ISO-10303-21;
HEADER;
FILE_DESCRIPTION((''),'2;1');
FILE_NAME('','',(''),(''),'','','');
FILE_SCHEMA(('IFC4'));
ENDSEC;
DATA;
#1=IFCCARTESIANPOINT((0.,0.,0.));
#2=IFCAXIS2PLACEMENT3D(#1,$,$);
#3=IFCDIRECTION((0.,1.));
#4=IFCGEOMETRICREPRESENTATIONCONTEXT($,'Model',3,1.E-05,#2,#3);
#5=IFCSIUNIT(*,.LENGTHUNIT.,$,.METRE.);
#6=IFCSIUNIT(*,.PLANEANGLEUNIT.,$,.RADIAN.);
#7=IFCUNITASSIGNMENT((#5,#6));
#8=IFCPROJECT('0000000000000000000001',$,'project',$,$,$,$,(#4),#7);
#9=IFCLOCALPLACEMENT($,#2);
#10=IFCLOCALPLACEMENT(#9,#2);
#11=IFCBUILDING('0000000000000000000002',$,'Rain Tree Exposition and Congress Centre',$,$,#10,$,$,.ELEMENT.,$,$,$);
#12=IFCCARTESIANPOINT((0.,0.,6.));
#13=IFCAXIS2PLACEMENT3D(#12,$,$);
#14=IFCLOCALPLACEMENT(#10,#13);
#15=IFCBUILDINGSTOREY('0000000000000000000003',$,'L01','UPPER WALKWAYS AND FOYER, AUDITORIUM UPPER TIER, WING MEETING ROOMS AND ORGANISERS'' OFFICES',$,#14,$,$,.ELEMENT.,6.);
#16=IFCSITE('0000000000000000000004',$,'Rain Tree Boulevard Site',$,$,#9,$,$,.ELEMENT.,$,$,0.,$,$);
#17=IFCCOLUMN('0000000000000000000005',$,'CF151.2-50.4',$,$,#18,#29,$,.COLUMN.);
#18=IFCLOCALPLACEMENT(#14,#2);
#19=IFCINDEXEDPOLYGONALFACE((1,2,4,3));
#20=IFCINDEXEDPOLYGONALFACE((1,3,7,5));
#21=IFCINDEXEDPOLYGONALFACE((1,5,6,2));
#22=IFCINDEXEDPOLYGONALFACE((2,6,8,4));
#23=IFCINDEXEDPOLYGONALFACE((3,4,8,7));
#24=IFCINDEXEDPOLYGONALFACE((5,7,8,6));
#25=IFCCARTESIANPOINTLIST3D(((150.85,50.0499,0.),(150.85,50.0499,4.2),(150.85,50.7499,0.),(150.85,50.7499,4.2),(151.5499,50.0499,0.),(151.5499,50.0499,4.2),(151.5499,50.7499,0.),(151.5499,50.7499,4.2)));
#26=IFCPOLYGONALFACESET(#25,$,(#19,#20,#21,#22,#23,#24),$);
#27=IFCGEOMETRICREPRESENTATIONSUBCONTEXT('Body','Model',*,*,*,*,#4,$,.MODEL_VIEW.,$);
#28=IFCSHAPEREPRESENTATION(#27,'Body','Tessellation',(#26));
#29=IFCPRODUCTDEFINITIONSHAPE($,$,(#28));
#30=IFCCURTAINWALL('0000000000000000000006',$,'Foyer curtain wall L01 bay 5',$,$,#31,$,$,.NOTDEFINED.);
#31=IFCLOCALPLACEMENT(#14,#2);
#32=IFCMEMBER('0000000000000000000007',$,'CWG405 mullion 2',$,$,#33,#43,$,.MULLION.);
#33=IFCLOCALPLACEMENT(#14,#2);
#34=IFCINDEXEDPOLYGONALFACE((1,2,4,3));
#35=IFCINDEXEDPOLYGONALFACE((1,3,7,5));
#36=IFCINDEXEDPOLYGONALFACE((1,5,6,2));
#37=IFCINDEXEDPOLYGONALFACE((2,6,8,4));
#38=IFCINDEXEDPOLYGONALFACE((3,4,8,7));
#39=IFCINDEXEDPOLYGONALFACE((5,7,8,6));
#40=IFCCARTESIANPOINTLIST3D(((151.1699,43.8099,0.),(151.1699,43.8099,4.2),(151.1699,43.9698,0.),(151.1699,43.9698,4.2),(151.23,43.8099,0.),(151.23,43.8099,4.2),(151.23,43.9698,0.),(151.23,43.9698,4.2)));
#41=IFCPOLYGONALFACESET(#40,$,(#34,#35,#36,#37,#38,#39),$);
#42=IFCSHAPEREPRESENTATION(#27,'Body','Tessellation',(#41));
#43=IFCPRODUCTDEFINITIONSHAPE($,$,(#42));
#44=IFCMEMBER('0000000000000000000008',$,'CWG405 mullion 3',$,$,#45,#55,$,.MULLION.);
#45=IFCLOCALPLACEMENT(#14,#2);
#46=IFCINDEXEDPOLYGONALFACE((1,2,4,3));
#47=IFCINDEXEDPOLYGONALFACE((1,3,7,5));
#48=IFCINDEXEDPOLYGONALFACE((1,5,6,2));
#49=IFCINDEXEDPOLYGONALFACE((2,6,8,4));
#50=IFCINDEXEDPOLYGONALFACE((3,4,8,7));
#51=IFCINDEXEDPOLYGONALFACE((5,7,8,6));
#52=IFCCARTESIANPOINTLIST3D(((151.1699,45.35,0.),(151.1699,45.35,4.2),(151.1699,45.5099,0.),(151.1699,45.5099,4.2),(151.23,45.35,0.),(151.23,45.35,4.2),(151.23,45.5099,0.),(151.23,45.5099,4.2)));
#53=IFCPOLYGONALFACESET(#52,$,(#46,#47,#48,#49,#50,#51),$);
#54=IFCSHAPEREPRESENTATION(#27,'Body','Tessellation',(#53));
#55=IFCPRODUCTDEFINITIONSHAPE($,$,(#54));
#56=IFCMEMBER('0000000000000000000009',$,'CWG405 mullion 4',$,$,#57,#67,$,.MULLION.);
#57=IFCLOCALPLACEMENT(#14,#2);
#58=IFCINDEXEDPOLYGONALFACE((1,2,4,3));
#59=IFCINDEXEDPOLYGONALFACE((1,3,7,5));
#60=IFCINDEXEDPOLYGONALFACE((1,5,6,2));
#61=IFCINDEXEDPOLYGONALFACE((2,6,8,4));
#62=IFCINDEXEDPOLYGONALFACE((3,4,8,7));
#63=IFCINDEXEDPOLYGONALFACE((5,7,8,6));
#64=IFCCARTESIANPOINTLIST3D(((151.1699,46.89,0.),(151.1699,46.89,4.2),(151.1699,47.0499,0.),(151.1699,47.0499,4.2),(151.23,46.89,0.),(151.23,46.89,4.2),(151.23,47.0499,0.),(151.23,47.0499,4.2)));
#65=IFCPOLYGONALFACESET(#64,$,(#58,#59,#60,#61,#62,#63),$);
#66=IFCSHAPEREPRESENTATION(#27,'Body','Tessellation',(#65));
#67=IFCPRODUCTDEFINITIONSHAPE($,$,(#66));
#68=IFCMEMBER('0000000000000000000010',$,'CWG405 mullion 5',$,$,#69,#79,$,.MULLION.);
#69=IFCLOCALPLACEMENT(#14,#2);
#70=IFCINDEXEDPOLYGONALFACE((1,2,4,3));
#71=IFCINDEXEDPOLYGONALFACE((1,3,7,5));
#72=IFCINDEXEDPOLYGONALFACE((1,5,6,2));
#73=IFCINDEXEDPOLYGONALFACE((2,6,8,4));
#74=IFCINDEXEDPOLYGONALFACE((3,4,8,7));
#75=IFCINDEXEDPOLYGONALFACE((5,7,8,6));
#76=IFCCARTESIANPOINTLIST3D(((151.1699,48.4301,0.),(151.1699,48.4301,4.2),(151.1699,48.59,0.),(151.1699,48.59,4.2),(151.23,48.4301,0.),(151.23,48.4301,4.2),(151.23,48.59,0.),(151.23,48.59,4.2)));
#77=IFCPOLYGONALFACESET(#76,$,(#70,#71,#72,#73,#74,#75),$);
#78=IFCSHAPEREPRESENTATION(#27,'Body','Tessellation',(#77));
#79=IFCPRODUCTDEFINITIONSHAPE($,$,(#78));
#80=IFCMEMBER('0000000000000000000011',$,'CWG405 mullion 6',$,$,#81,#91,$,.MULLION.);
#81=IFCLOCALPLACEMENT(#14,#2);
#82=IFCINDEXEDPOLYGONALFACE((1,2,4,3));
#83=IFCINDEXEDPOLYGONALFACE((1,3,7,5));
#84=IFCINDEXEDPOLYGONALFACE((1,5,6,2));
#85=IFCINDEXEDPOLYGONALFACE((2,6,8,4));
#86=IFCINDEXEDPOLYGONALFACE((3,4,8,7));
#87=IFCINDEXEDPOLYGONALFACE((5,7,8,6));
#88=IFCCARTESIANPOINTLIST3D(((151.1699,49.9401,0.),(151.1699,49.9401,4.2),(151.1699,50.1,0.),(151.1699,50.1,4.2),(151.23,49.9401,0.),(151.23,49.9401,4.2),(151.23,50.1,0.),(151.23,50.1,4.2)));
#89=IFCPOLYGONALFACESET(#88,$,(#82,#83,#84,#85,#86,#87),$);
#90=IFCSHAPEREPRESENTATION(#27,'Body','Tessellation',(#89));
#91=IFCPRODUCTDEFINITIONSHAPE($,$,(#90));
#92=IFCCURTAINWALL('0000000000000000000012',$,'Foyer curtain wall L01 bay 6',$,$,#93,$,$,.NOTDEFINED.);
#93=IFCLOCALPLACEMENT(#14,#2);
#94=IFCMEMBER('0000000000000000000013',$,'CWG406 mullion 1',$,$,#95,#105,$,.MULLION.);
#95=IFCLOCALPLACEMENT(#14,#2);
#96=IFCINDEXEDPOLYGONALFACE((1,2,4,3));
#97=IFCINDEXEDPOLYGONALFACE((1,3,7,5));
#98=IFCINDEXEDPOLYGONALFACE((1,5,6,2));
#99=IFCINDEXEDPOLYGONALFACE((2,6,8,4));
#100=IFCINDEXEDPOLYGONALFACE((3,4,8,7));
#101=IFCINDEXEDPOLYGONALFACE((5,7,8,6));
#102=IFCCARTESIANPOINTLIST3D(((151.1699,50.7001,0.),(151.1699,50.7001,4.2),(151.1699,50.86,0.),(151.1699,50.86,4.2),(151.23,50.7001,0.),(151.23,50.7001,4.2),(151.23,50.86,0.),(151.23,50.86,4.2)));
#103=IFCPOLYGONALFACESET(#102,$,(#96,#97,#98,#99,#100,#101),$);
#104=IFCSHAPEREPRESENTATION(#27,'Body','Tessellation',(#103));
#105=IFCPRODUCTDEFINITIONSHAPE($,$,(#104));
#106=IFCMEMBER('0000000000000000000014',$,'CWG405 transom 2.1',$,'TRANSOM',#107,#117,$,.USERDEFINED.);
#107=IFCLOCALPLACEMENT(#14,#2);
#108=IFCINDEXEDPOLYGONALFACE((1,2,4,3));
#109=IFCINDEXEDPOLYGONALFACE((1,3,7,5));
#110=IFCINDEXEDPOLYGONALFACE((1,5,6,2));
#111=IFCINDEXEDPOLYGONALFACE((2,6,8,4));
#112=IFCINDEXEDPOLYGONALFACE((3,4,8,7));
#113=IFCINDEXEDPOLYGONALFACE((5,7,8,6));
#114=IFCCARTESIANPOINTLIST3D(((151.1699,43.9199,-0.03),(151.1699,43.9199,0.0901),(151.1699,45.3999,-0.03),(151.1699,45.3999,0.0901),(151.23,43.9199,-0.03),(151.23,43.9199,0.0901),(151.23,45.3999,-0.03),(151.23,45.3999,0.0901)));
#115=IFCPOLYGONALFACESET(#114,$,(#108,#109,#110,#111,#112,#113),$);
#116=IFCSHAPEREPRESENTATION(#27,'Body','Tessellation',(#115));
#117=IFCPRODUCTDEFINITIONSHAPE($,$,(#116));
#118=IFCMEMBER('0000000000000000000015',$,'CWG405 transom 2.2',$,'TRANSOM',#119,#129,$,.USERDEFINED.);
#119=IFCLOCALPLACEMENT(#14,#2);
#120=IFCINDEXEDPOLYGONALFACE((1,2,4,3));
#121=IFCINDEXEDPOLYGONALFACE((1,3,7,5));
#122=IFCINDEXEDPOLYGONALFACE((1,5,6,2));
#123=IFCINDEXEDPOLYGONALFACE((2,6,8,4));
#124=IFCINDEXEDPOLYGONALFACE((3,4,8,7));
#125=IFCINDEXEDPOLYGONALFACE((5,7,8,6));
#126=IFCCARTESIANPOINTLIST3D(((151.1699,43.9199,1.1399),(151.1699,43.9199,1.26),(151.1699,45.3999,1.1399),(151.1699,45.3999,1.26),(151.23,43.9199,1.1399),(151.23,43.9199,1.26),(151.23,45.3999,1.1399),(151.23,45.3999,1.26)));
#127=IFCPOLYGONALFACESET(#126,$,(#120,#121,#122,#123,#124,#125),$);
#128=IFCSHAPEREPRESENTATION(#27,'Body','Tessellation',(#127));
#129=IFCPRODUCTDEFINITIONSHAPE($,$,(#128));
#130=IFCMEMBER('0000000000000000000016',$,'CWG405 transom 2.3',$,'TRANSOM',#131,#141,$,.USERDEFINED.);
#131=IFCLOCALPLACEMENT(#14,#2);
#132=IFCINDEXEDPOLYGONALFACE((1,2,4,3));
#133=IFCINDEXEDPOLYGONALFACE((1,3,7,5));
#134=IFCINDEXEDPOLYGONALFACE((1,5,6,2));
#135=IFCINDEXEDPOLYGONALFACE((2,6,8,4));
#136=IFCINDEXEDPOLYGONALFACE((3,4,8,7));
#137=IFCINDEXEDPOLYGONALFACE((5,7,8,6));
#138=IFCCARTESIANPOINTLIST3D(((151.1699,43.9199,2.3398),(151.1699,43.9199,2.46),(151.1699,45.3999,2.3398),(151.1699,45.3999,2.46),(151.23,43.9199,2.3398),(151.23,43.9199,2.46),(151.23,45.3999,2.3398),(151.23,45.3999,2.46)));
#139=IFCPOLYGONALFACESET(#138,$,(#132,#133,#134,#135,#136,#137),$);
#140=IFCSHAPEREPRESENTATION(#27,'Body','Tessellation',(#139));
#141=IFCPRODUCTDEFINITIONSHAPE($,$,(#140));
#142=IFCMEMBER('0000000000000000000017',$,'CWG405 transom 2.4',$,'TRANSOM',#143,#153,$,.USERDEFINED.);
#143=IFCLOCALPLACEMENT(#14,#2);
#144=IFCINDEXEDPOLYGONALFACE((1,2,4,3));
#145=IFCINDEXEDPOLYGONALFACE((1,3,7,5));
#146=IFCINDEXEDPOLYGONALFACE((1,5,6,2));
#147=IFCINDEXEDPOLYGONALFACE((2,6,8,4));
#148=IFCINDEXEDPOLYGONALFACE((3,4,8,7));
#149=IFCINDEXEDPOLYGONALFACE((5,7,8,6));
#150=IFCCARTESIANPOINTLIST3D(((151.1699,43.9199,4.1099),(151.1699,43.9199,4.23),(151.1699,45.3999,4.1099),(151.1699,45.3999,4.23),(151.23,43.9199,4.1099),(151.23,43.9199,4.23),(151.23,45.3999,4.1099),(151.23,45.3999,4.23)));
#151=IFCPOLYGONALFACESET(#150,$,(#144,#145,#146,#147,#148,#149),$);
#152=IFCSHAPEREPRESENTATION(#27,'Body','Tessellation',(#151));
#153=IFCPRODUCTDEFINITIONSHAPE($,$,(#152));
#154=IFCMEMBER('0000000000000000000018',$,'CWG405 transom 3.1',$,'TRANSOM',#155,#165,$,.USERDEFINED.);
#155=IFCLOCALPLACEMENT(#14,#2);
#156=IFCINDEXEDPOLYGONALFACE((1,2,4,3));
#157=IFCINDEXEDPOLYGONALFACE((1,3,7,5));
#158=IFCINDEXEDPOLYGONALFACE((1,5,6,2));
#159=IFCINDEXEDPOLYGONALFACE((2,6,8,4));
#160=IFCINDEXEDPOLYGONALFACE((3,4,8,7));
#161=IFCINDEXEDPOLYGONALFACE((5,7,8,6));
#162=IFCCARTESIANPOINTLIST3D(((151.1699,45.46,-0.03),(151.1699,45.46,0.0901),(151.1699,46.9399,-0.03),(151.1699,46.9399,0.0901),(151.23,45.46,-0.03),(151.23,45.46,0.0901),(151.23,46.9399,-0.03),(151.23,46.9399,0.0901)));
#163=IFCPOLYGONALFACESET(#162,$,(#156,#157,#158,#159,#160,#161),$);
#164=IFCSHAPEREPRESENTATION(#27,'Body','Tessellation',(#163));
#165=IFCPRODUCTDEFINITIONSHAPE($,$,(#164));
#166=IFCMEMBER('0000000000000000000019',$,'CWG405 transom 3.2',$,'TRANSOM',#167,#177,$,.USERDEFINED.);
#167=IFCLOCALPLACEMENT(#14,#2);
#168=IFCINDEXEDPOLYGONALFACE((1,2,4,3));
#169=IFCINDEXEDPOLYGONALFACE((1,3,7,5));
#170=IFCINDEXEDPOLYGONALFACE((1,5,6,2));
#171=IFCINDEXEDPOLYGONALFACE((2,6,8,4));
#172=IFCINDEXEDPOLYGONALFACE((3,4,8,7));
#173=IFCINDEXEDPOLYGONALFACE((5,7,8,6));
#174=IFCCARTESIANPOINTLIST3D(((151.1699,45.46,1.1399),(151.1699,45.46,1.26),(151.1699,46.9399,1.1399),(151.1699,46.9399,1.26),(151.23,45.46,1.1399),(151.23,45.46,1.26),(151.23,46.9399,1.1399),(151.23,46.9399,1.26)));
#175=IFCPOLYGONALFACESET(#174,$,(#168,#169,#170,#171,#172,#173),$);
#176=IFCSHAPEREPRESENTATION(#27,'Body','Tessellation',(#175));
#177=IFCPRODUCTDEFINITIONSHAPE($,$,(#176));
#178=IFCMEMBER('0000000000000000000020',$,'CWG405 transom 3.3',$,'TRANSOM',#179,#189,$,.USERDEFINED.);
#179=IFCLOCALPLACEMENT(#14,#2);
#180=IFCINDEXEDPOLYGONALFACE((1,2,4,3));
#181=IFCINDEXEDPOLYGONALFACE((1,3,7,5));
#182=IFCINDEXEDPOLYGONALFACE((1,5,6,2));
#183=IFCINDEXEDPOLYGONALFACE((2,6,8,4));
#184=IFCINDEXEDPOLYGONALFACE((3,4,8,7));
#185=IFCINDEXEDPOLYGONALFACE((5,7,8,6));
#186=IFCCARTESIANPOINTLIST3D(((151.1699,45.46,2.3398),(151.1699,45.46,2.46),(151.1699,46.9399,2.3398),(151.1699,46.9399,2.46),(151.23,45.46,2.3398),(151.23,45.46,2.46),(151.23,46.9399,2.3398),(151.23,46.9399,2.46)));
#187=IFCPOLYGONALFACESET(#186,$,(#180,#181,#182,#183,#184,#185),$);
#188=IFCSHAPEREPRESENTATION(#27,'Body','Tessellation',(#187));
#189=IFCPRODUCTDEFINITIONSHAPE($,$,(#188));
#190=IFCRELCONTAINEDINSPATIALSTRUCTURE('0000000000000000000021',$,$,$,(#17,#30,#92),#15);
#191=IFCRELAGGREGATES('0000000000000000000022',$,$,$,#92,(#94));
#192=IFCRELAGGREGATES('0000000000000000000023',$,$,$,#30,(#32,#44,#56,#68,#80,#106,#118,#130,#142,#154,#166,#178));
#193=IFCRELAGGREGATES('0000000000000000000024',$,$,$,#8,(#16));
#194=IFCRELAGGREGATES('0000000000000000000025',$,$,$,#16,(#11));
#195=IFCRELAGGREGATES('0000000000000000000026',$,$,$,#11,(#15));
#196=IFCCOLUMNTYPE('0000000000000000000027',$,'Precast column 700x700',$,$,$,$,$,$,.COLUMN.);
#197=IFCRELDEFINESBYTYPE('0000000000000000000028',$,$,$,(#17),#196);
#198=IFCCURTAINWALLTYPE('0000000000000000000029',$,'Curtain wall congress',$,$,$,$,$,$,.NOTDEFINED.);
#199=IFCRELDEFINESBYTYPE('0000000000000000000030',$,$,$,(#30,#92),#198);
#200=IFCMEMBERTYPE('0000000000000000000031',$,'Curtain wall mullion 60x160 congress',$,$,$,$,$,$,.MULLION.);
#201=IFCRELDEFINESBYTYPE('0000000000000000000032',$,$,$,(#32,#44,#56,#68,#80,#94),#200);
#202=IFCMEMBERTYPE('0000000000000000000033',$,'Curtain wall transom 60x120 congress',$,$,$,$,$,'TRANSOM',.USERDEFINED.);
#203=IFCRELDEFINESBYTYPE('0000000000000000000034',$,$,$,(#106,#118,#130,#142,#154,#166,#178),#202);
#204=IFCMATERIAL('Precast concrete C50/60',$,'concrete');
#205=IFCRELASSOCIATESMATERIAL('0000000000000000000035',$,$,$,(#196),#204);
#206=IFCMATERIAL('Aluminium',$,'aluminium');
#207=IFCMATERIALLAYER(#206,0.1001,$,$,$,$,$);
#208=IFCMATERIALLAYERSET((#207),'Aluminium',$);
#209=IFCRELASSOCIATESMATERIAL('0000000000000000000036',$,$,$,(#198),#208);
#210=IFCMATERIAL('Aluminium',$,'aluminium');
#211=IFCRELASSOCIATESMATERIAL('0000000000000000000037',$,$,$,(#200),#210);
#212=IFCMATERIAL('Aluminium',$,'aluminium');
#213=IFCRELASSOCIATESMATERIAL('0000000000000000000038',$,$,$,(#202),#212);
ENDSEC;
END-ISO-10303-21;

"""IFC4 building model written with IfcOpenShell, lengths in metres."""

from ifc_helpers import new_model, si_unit, direction, frame, origin, origin_2d, place, context, subcontext, project, spatial, rectangle, extrude, material, layer, layer_set, material_profile, profile_set, type_object, element, aggregate, save


model = new_model("IFC4")

# Units and contexts
model_context = context("Model", 3, precision=1e-05, world=origin(), true_north=direction((0.0, 1.0)))
body_context = subcontext(model_context, "Body", "Model", "MODEL_VIEW")
ifc_project = project(units=[si_unit("LENGTHUNIT", "METRE"), si_unit("PLANEANGLEUNIT", "RADIAN")], contexts=[model_context])

# Site, building, storey
site_placement = place(None, origin())
site = spatial("IfcSite", under=ifc_project, at=site_placement, Name="Rain Tree Boulevard Site", CompositionType="ELEMENT", RefElevation=0.0)
building_placement = place(site_placement, origin())
building = spatial("IfcBuilding", under=site, at=building_placement, Name="Rain Tree Exposition and Congress Centre", CompositionType="ELEMENT")
storey_placement = place(building_placement, frame((0.0, 0.0, 6.0)))
storey = spatial("IfcBuildingStorey", under=building, at=storey_placement, Name="L01", Description="UPPER WALKWAYS AND FOYER, AUDITORIUM UPPER TIER, WING MEETING ROOMS AND ORGANISERS' OFFICES", CompositionType="ELEMENT", Elevation=6.0)

# Column
ifc_material_1 = material(Name="Precast concrete C50/60", Category="concrete")
ifc_material_profile_1 = material_profile(ifc_material_1, rectangle(XDim=0.7, YDim=0.7, at=origin_2d()), Name="RC 700x700")
ifc_profile_set_1 = profile_set([ifc_material_profile_1], Name="Precast concrete C50/60")
column_type = type_object("IfcColumnType", Name="Precast column 700x700", PredefinedType="COLUMN", material=ifc_profile_set_1)
column_placement = place(storey_placement, frame((151.2, 50.3999, 0.0), z_axis=(0.0, 0.0, 1.0), x_axis=(1.0, 0.0, 0.0)))
element("IfcColumn", 1, at=column_placement, inside=storey, type_object=column_type, Name="CF151.2-50.4", PredefinedType="COLUMN", context=body_context, shape_type="SweptSolid", body=[
    extrude(rectangle(XDim=0.7, YDim=0.7, at=origin_2d()), origin(), (0.0, 0.0, 1.0), 4.2),
])

# Curtain wall, members
ifc_material_2 = material(Name="Aluminium", Category="aluminium")
ifc_layer_1 = layer(ifc_material_2, 0.1001)
ifc_layer_set_1 = layer_set([ifc_layer_1], Name="Aluminium")
curtain_wall_type = type_object("IfcCurtainWallType", Name="Curtain wall congress", PredefinedType="NOTDEFINED", material=ifc_layer_set_1)
curtain_wall_1_placement = place(storey_placement, origin())
curtain_wall_1 = element("IfcCurtainWall", 2, at=curtain_wall_1_placement, inside=storey, type_object=curtain_wall_type, Name="Foyer curtain wall L01 bay 5", PredefinedType="NOTDEFINED")
ifc_material_3 = material(Name="Aluminium", Category="aluminium")
ifc_material_profile_2 = material_profile(ifc_material_3, rectangle(XDim=0.0601, YDim=0.1599, at=origin_2d()), Name="AL 60x160")
ifc_profile_set_2 = profile_set([ifc_material_profile_2], Name="Aluminium")
member_type_1 = type_object("IfcMemberType", Name="Curtain wall mullion 60x160 congress", PredefinedType="MULLION", material=ifc_profile_set_2)
member_1_placement = place(storey_placement, frame((151.2, 43.8899, 0.0), z_axis=(0.0, 0.0, 1.0), x_axis=(-1.0, 0.0, 0.0)))
member_1 = element("IfcMember", 3, at=member_1_placement, type_object=member_type_1, Name="CWG405 mullion 2", PredefinedType="MULLION", context=body_context, shape_type="SweptSolid", body=[
    extrude(rectangle(XDim=0.0601, YDim=0.1599, at=origin_2d()), origin(), (0.0, 0.0, 1.0), 4.2),
])
member_2_placement = place(storey_placement, frame((151.2, 45.4299, 0.0), z_axis=(0.0, 0.0, 1.0), x_axis=(-1.0, 0.0, 0.0)))
member_2 = element("IfcMember", 4, at=member_2_placement, type_object=member_type_1, Name="CWG405 mullion 3", PredefinedType="MULLION", context=body_context, shape_type="SweptSolid", body=[
    extrude(rectangle(XDim=0.0601, YDim=0.1599, at=origin_2d()), origin(), (0.0, 0.0, 1.0), 4.2),
])
member_3_placement = place(storey_placement, frame((151.2, 46.97, 0.0), z_axis=(0.0, 0.0, 1.0), x_axis=(-1.0, 0.0, 0.0)))
member_3 = element("IfcMember", 5, at=member_3_placement, type_object=member_type_1, Name="CWG405 mullion 4", PredefinedType="MULLION", context=body_context, shape_type="SweptSolid", body=[
    extrude(rectangle(XDim=0.0601, YDim=0.1599, at=origin_2d()), origin(), (0.0, 0.0, 1.0), 4.2),
])
member_4_placement = place(storey_placement, frame((151.2, 48.51, 0.0), z_axis=(0.0, 0.0, 1.0), x_axis=(-1.0, 0.0, 0.0)))
member_4 = element("IfcMember", 6, at=member_4_placement, type_object=member_type_1, Name="CWG405 mullion 5", PredefinedType="MULLION", context=body_context, shape_type="SweptSolid", body=[
    extrude(rectangle(XDim=0.0601, YDim=0.1599, at=origin_2d()), origin(), (0.0, 0.0, 1.0), 4.2),
])
member_5_placement = place(storey_placement, frame((151.2, 50.02, 0.0), z_axis=(0.0, 0.0, 1.0), x_axis=(-1.0, 0.0, 0.0)))
member_5 = element("IfcMember", 7, at=member_5_placement, type_object=member_type_1, Name="CWG405 mullion 6", PredefinedType="MULLION", context=body_context, shape_type="SweptSolid", body=[
    extrude(rectangle(XDim=0.0601, YDim=0.1599, at=origin_2d()), origin(), (0.0, 0.0, 1.0), 4.2),
])

# Curtain wall, member
curtain_wall_2_placement = place(storey_placement, origin())
curtain_wall_2 = element("IfcCurtainWall", 8, at=curtain_wall_2_placement, inside=storey, type_object=curtain_wall_type, Name="Foyer curtain wall L01 bay 6", PredefinedType="NOTDEFINED")
member_6_placement = place(storey_placement, frame((151.2, 50.78, 0.0), z_axis=(0.0, 0.0, 1.0), x_axis=(-1.0, 0.0, 0.0)))
member_6 = element("IfcMember", 9, at=member_6_placement, type_object=member_type_1, Name="CWG406 mullion 1", PredefinedType="MULLION", context=body_context, shape_type="SweptSolid", body=[
    extrude(rectangle(XDim=0.0601, YDim=0.1599, at=origin_2d()), origin(), (0.0, 0.0, 1.0), 4.2),
])
aggregate(curtain_wall_2, [member_6])

# Members
ifc_material_4 = material(Name="Aluminium", Category="aluminium")
ifc_material_profile_3 = material_profile(ifc_material_4, rectangle(XDim=0.0601, YDim=0.1201, at=origin_2d()), Name="AL 60x120")
ifc_profile_set_3 = profile_set([ifc_material_profile_3], Name="Aluminium")
member_type_2 = type_object("IfcMemberType", Name="Curtain wall transom 60x120 congress", ElementType="TRANSOM", PredefinedType="USERDEFINED", material=ifc_profile_set_3)
member_7_placement = place(storey_placement, frame((151.2, 43.9199, 0.03), z_axis=(0.0, 1.0, 0.0), x_axis=(-1.0, 0.0, 0.0)))
member_7 = element("IfcMember", 10, at=member_7_placement, type_object=member_type_2, Name="CWG405 transom 2.1", ObjectType="TRANSOM", PredefinedType="USERDEFINED", context=body_context, shape_type="SweptSolid", body=[
    extrude(rectangle(XDim=0.0601, YDim=0.1201, at=origin_2d()), origin(), (0.0, 0.0, 1.0), 1.48),
])
member_8_placement = place(storey_placement, frame((151.2, 43.9199, 1.2), z_axis=(0.0, 1.0, 0.0), x_axis=(-1.0, 0.0, 0.0)))
member_8 = element("IfcMember", 11, at=member_8_placement, type_object=member_type_2, Name="CWG405 transom 2.2", ObjectType="TRANSOM", PredefinedType="USERDEFINED", context=body_context, shape_type="SweptSolid", body=[
    extrude(rectangle(XDim=0.0601, YDim=0.1201, at=origin_2d()), origin(), (0.0, 0.0, 1.0), 1.48),
])
member_9_placement = place(storey_placement, frame((151.2, 43.9199, 2.3999), z_axis=(0.0, 1.0, 0.0), x_axis=(-1.0, 0.0, 0.0)))
member_9 = element("IfcMember", 12, at=member_9_placement, type_object=member_type_2, Name="CWG405 transom 2.3", ObjectType="TRANSOM", PredefinedType="USERDEFINED", context=body_context, shape_type="SweptSolid", body=[
    extrude(rectangle(XDim=0.0601, YDim=0.1201, at=origin_2d()), origin(), (0.0, 0.0, 1.0), 1.48),
])
member_10_placement = place(storey_placement, frame((151.2, 43.9199, 4.1699), z_axis=(0.0, 1.0, 0.0), x_axis=(-1.0, 0.0, 0.0)))
member_10 = element("IfcMember", 13, at=member_10_placement, type_object=member_type_2, Name="CWG405 transom 2.4", ObjectType="TRANSOM", PredefinedType="USERDEFINED", context=body_context, shape_type="SweptSolid", body=[
    extrude(rectangle(XDim=0.0601, YDim=0.1201, at=origin_2d()), origin(), (0.0, 0.0, 1.0), 1.48),
])
member_11_placement = place(storey_placement, frame((151.2, 45.46, 0.03), z_axis=(0.0, 1.0, 0.0), x_axis=(-1.0, 0.0, 0.0)))
member_11 = element("IfcMember", 14, at=member_11_placement, type_object=member_type_2, Name="CWG405 transom 3.1", ObjectType="TRANSOM", PredefinedType="USERDEFINED", context=body_context, shape_type="SweptSolid", body=[
    extrude(rectangle(XDim=0.0601, YDim=0.1201, at=origin_2d()), origin(), (0.0, 0.0, 1.0), 1.48),
])
member_12_placement = place(storey_placement, frame((151.2, 45.46, 1.2), z_axis=(0.0, 1.0, 0.0), x_axis=(-1.0, 0.0, 0.0)))
member_12 = element("IfcMember", 15, at=member_12_placement, type_object=member_type_2, Name="CWG405 transom 3.2", ObjectType="TRANSOM", PredefinedType="USERDEFINED", context=body_context, shape_type="SweptSolid", body=[
    extrude(rectangle(XDim=0.0601, YDim=0.1201, at=origin_2d()), origin(), (0.0, 0.0, 1.0), 1.48),
])
member_13_placement = place(storey_placement, frame((151.2, 45.46, 2.3999), z_axis=(0.0, 1.0, 0.0), x_axis=(-1.0, 0.0, 0.0)))
member_13 = element("IfcMember", 16, at=member_13_placement, type_object=member_type_2, Name="CWG405 transom 3.3", ObjectType="TRANSOM", PredefinedType="USERDEFINED", context=body_context, shape_type="SweptSolid", body=[
    extrude(rectangle(XDim=0.0601, YDim=0.1201, at=origin_2d()), origin(), (0.0, 0.0, 1.0), 1.48),
])

aggregate(curtain_wall_1, [member_1, member_2, member_3, member_4, member_5, member_7, member_8, member_9, member_10, member_11, member_12, member_13])

save(model, "model.ifc")
